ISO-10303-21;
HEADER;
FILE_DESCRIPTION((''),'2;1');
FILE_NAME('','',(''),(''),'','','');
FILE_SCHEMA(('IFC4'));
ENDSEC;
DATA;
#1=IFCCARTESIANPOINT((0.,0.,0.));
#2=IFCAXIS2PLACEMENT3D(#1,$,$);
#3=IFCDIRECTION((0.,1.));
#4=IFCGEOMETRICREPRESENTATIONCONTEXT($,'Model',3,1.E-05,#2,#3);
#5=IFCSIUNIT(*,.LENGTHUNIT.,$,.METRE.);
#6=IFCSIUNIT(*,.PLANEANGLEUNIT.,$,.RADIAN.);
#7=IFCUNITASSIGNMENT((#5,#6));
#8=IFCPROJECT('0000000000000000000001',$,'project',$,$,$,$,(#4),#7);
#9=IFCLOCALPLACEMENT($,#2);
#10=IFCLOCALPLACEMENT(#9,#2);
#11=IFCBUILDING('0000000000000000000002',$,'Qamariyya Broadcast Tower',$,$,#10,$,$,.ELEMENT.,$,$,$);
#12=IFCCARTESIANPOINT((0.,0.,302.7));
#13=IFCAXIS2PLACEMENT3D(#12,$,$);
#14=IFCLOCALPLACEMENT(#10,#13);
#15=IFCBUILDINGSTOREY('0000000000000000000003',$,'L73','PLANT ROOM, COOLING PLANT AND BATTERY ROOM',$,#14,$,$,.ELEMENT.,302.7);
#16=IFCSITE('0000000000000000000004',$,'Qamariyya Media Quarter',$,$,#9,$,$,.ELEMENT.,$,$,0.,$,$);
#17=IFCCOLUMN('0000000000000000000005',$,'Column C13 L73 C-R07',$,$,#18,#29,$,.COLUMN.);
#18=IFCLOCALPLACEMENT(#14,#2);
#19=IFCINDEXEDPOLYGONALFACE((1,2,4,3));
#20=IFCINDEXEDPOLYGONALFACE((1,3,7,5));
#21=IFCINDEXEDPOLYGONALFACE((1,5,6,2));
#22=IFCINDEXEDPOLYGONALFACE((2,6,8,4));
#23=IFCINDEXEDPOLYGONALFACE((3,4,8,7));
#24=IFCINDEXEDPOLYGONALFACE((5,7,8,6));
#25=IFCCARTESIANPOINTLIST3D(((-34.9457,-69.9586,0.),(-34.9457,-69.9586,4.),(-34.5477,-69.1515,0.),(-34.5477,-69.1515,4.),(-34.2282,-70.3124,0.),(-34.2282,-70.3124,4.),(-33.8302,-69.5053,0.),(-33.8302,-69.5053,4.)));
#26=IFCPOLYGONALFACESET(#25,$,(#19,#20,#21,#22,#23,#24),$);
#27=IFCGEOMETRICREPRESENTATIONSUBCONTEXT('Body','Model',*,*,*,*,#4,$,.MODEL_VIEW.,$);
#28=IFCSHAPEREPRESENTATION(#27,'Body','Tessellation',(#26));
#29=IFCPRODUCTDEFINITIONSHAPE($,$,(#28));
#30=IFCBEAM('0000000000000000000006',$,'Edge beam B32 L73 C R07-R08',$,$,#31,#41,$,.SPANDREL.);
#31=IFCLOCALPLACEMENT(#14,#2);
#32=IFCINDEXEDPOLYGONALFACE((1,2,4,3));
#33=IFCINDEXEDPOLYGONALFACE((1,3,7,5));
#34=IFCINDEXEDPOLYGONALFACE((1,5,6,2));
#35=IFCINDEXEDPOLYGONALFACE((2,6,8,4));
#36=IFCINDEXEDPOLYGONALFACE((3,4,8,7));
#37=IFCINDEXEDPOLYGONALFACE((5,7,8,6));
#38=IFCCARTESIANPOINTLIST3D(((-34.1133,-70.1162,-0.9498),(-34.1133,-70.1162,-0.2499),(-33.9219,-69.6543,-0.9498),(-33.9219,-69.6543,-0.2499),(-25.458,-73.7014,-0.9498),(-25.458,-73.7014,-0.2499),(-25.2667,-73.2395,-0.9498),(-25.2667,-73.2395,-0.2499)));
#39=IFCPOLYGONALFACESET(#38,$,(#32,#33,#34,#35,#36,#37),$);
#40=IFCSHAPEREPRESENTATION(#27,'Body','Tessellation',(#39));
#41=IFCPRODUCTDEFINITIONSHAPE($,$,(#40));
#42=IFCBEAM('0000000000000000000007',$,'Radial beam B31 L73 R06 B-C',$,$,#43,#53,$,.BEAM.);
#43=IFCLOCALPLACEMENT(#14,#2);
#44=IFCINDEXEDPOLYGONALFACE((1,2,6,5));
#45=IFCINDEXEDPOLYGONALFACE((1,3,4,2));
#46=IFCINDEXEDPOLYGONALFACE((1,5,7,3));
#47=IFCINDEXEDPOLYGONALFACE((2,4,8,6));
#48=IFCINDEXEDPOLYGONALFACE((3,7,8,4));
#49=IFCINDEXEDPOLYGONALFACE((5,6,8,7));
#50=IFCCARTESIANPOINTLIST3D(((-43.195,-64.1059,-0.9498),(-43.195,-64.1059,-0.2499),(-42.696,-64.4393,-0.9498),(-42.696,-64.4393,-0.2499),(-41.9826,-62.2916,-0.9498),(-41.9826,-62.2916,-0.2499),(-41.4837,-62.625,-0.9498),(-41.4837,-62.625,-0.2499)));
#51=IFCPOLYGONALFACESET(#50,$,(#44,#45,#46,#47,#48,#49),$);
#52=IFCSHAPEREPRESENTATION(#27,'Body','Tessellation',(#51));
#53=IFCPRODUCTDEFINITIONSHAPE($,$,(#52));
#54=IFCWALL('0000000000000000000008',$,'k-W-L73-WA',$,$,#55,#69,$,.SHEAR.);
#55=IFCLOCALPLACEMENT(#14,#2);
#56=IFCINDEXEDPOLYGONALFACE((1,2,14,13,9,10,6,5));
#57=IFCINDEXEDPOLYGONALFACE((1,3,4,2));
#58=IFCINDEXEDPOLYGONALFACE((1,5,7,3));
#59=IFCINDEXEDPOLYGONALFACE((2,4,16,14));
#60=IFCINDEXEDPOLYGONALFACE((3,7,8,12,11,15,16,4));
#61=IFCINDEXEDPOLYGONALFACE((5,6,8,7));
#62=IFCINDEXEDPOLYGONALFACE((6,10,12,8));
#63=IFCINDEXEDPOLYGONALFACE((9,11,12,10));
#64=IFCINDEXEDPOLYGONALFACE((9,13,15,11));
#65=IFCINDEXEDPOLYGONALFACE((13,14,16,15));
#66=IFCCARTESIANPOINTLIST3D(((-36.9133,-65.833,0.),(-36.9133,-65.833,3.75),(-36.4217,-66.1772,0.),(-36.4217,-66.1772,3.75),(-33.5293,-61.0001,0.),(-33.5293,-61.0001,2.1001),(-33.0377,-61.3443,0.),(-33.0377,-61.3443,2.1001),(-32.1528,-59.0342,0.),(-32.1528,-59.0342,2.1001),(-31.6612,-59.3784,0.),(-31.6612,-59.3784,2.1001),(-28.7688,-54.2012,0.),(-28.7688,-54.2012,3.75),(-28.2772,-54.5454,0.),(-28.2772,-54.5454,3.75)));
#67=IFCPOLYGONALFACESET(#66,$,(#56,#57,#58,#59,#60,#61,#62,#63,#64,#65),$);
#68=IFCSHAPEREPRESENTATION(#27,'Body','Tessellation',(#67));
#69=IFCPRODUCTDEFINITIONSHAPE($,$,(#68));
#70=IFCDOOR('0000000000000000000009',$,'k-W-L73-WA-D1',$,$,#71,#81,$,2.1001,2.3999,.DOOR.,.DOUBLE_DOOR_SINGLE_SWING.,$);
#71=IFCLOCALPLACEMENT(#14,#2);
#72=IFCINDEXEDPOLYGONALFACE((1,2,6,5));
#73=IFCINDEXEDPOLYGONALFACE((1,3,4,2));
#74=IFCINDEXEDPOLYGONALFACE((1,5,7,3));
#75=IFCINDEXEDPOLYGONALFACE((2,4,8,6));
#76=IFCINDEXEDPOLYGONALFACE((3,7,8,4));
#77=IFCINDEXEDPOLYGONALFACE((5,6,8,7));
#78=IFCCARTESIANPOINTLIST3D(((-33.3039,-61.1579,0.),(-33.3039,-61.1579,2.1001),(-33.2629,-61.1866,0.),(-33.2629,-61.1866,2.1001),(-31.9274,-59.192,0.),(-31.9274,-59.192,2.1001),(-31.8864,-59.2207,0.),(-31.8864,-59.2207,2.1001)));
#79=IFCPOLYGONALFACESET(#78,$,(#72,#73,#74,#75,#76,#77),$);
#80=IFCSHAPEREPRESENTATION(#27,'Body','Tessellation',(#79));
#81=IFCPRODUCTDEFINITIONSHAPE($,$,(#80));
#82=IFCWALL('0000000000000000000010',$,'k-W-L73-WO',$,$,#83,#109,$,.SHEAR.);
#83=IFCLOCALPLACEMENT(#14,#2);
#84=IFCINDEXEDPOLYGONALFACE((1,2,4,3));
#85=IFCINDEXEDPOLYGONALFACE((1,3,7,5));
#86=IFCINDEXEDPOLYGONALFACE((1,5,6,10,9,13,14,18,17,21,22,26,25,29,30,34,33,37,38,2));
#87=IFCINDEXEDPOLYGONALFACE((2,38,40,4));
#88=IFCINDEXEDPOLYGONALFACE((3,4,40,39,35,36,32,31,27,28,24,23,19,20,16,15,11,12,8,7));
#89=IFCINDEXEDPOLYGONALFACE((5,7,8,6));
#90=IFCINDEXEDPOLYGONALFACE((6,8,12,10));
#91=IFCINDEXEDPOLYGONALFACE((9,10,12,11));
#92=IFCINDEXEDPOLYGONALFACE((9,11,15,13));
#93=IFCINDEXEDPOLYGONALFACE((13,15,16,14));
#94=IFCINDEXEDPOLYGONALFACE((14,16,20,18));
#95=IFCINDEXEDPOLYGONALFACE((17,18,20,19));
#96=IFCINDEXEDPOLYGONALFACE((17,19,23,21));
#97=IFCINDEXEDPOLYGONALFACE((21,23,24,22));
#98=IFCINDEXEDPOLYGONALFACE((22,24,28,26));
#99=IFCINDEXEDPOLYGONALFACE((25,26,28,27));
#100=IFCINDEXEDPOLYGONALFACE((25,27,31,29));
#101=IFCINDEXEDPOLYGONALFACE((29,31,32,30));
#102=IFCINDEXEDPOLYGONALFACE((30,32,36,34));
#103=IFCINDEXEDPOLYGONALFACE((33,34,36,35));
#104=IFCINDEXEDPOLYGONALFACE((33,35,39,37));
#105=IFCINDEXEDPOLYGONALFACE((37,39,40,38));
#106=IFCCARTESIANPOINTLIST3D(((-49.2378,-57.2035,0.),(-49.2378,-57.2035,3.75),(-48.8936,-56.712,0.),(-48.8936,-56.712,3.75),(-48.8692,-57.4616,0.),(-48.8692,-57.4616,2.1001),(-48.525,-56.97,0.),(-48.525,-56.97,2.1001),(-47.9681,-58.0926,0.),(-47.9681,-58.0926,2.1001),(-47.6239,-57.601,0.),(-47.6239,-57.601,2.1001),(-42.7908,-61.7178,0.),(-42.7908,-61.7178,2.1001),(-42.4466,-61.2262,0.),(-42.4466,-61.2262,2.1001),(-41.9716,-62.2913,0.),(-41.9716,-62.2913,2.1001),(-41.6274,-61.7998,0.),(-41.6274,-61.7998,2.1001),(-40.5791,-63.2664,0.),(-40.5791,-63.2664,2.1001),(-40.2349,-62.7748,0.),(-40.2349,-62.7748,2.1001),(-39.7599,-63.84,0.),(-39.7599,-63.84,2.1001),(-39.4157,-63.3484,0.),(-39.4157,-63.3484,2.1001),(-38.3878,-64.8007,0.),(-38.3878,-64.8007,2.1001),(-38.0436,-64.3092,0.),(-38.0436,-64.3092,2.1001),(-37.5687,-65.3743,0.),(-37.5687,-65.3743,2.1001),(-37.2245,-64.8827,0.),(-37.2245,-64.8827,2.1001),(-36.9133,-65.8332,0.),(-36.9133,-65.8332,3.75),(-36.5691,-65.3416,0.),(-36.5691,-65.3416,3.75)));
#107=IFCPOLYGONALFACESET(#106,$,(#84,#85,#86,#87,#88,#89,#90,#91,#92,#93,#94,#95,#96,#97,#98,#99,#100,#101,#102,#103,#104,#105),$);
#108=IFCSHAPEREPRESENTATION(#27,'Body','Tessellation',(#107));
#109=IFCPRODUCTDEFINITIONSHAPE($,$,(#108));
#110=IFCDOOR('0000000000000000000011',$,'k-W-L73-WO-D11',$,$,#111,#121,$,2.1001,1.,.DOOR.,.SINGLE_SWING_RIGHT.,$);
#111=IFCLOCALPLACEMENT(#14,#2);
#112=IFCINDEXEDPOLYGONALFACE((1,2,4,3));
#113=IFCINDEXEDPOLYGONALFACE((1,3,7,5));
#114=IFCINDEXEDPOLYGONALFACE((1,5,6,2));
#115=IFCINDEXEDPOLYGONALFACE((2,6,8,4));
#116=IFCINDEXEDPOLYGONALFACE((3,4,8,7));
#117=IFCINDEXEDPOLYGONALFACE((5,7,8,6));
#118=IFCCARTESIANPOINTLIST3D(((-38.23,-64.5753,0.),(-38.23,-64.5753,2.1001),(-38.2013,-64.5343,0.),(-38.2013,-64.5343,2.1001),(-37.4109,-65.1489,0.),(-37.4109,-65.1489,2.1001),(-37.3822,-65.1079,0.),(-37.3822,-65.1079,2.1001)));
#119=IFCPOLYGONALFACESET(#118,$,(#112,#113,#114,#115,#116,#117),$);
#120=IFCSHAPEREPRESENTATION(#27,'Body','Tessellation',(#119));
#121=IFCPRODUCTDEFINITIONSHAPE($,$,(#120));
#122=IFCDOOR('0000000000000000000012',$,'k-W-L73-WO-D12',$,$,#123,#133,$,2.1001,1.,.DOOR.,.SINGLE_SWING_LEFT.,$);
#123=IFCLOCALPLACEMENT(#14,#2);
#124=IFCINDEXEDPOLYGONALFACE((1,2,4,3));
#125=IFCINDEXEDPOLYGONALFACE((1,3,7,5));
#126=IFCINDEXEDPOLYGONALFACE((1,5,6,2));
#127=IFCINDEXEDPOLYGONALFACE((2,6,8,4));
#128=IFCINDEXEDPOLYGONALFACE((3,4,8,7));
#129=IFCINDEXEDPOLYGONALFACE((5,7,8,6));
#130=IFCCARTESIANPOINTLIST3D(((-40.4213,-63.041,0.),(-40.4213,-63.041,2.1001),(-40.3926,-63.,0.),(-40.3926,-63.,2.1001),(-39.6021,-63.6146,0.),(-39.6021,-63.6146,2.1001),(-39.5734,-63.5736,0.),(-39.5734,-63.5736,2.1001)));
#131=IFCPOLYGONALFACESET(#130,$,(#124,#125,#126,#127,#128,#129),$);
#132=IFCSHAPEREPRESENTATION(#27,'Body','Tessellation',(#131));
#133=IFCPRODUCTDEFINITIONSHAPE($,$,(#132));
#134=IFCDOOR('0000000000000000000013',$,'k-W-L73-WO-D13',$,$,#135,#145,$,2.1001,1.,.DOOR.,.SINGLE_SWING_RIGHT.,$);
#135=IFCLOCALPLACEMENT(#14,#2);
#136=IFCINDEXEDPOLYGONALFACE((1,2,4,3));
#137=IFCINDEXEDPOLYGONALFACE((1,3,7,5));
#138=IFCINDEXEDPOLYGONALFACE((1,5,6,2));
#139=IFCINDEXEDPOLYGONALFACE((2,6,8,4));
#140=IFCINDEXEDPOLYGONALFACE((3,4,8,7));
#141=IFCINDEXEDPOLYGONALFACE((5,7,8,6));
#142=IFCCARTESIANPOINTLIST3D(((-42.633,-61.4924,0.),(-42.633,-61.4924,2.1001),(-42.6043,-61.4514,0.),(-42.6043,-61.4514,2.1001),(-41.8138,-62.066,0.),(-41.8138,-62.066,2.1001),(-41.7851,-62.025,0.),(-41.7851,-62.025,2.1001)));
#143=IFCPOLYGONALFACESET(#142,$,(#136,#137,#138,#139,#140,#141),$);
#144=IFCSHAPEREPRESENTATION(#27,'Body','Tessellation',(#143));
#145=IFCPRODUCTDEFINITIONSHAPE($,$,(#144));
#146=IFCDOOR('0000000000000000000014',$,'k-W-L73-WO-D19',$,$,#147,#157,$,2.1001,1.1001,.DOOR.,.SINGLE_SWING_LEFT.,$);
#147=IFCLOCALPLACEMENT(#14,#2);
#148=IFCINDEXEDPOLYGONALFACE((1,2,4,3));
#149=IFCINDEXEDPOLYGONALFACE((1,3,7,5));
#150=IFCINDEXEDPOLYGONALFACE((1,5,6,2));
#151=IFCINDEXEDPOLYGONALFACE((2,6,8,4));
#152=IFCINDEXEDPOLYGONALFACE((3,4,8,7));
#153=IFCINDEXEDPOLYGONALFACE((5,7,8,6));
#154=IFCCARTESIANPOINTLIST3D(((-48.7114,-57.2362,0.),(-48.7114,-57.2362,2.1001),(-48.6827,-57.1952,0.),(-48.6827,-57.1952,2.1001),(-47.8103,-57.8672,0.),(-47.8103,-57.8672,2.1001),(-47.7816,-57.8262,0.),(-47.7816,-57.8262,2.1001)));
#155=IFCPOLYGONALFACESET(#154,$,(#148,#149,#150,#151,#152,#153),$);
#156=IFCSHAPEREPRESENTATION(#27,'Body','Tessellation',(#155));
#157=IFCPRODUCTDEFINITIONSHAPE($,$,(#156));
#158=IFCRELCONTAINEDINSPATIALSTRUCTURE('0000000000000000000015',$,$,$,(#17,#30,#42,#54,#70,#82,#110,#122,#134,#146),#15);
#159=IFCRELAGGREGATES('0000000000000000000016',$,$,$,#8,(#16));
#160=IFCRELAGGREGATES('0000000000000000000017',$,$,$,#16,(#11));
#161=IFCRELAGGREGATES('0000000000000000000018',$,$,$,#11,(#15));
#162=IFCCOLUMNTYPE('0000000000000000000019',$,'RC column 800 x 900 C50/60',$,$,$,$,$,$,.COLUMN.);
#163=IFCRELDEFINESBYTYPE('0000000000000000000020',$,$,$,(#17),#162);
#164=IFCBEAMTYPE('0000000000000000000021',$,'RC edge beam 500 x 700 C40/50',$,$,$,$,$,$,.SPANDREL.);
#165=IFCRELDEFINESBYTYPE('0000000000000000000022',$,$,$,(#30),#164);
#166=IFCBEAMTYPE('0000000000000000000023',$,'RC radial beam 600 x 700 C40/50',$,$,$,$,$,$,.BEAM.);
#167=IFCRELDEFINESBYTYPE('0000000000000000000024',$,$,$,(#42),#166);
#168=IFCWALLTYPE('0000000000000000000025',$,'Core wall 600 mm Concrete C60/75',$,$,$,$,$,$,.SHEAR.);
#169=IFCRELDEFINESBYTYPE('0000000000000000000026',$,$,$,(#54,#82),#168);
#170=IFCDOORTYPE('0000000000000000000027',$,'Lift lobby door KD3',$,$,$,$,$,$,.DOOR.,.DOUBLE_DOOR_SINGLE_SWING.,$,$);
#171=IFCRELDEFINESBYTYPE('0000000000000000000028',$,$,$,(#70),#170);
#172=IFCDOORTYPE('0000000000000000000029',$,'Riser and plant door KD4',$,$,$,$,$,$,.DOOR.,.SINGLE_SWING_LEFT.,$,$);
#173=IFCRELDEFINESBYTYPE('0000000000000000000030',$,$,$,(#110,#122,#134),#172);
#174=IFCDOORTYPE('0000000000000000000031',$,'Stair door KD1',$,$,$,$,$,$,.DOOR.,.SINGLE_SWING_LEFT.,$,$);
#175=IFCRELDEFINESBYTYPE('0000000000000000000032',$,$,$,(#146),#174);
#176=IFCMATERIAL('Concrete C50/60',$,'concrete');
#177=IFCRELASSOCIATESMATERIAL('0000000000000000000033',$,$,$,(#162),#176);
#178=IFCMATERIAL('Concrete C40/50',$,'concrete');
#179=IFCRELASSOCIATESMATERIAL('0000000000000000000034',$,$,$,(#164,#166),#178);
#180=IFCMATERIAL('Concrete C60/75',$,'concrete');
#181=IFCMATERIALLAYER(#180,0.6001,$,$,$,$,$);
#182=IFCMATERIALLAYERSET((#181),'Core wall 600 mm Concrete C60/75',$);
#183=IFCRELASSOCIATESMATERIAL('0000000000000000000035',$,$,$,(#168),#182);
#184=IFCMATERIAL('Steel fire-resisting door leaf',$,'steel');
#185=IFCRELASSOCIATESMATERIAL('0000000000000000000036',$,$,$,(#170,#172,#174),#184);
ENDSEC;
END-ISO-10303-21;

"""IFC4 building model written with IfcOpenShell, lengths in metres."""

from ifc_helpers import new_model, si_unit, direction, frame, frame_2d, origin, origin_2d, place, context, subcontext, project, spatial, rectangle, extrude, material, layer, layer_set, material_profile, profile_set, type_object, element, fill, save


model = new_model("IFC4")

# Units and contexts
model_context = context("Model", 3, precision=1e-05, world=origin(), true_north=direction((0.0, 1.0)))
body_context = subcontext(model_context, "Body", "Model", "MODEL_VIEW")
ifc_project = project(units=[si_unit("LENGTHUNIT", "METRE"), si_unit("PLANEANGLEUNIT", "RADIAN")], contexts=[model_context])

# Site, building, storey
site_placement = place(None, origin())
site = spatial("IfcSite", under=ifc_project, at=site_placement, Name="Qamariyya Media Quarter", CompositionType="ELEMENT", RefElevation=0.0)
building_placement = place(site_placement, origin())
building = spatial("IfcBuilding", under=site, at=building_placement, Name="Qamariyya Broadcast Tower", CompositionType="ELEMENT")
storey_placement = place(building_placement, frame((0.0, 0.0, 302.7)))
storey = spatial("IfcBuildingStorey", under=building, at=storey_placement, Name="L73", Description="PLANT ROOM, COOLING PLANT AND BATTERY ROOM", CompositionType="ELEMENT", Elevation=302.7)

# Column
ifc_material_1 = material(Name="Concrete C50/60", Category="concrete")
ifc_material_profile_1 = material_profile(ifc_material_1, rectangle(XDim=0.8, YDim=0.8999, at=origin_2d()))
ifc_profile_set_1 = profile_set([ifc_material_profile_1], Name="Concrete C50/60")
column_type = type_object("IfcColumnType", Name="RC column 800 x 900 C50/60", PredefinedType="COLUMN", material=ifc_profile_set_1)
column_placement = place(storey_placement, frame((-34.3879, -69.7319, 0.0), z_axis=(0.0, 0.0, 1.0), x_axis=(0.896873, -0.442289, 0.0)))
element("IfcColumn", 1, at=column_placement, inside=storey, type_object=column_type, Name="Column C13 L73 C-R07", PredefinedType="COLUMN", context=body_context, shape_type="SweptSolid", body=[
    extrude(rectangle(XDim=0.8, YDim=0.8999, at=origin_2d()), origin(), (0.0, 0.0, 1.0), 4.0),
])

# Beams
ifc_material_2 = material(Name="Concrete C40/50", Category="concrete")
ifc_material_profile_2 = material_profile(ifc_material_2, rectangle(XDim=0.5, YDim=0.7, at=origin_2d()))
ifc_profile_set_2 = profile_set([ifc_material_profile_2], Name="Concrete C40/50")
beam_type_1 = type_object("IfcBeamType", Name="RC edge beam 500 x 700 C40/50", PredefinedType="SPANDREL", material=ifc_profile_set_2)
beam_1_placement = place(storey_placement, frame((-34.0176, -69.8853, -0.5999), z_axis=(0.923877, -0.38269, 0.0), x_axis=(0.38269, 0.923877, 0.0)))
element("IfcBeam", 2, at=beam_1_placement, inside=storey, type_object=beam_type_1, Name="Edge beam B32 L73 C R07-R08", PredefinedType="SPANDREL", context=body_context, shape_type="SweptSolid", body=[
    extrude(rectangle(XDim=0.5, YDim=0.7, at=origin_2d()), origin(), (0.0, 0.0, 1.0), 9.3684),
])
ifc_material_profile_3 = material_profile(ifc_material_2, rectangle(XDim=0.6001, YDim=0.7, at=origin_2d()))
ifc_profile_set_3 = profile_set([ifc_material_profile_3], Name="Concrete C40/50")
beam_type_2 = type_object("IfcBeamType", Name="RC radial beam 600 x 700 C40/50", PredefinedType="BEAM", material=ifc_profile_set_3)
beam_2_placement = place(storey_placement, frame((-41.7332, -62.4583, -0.5999), z_axis=(-0.555578, -0.831465, 0.0), x_axis=(0.831465, -0.555578, 0.0)))
element("IfcBeam", 3, at=beam_2_placement, inside=storey, type_object=beam_type_2, Name="Radial beam B31 L73 R06 B-C", PredefinedType="BEAM", context=body_context, shape_type="SweptSolid", body=[
    extrude(rectangle(XDim=0.6001, YDim=0.7, at=origin_2d()), origin(), (0.0, 0.0, 1.0), 2.1821),
])

# Wall, opening, door
ifc_material_3 = material(Name="Concrete C60/75", Category="concrete")
ifc_layer_1 = layer(ifc_material_3, 0.6001)
ifc_layer_set_1 = layer_set([ifc_layer_1], Name="Core wall 600 mm Concrete C60/75")
wall_type_1 = type_object("IfcWallType", Name="Core wall 600 mm Concrete C60/75", PredefinedType="SHEAR", material=ifc_layer_set_1)
wall_1_placement = place(storey_placement, frame((-36.6675, -66.0051, 0.0), z_axis=(0.0, 0.0, 1.0), x_axis=(0.573568, 0.819158, 0.0)))
wall_1 = element("IfcWall", 4, at=wall_1_placement, inside=storey, type_object=wall_type_1, Name="k-W-L73-WA", PredefinedType="SHEAR", context=body_context, shape_type="SweptSolid", body=[
    extrude(rectangle(XDim=14.1997, YDim=0.6001, at=frame_2d((7.0999, 0.0))), origin(), (0.0, 0.0, 1.0), 3.75),
])
opening_1_placement = place(wall_1_placement, frame((5.8999, 0.0, 0.0)))
opening_1 = element("IfcOpeningElement", 5, at=opening_1_placement, cuts=wall_1, PredefinedType="OPENING", context=body_context, shape_type="SweptSolid", body=[
    extrude(rectangle(XDim=2.3999, YDim=2.1001, at=frame_2d((1.2, 1.05))), frame((0.0, 0.3101, 0.0), z_axis=(0.0, -1.0, 0.0), x_axis=(1.0, 0.0, 0.0)), (0.0, 0.0, 1.0), 0.6201),
])
ifc_material_4 = material(Name="Steel fire-resisting door leaf", Category="steel")
door_type_1 = type_object("IfcDoorType", Name="Lift lobby door KD3", OperationType="DOUBLE_DOOR_SINGLE_SWING", PredefinedType="DOOR", material=ifc_material_4)
door_1_placement = place(opening_1_placement, origin())
door_1 = element("IfcDoor", 6, at=door_1_placement, inside=storey, type_object=door_type_1, Name="k-W-L73-WA-D1", OperationType="DOUBLE_DOOR_SINGLE_SWING", OverallHeight=2.1001, OverallWidth=2.3999, PredefinedType="DOOR", context=body_context, shape_type="SweptSolid", body=[
    extrude(rectangle(XDim=2.3999, YDim=2.1001, at=frame_2d((1.2, 1.05))), frame((0.0, 0.0249, 0.0), z_axis=(0.0, -1.0, 0.0), x_axis=(1.0, 0.0, 0.0)), (0.0, 0.0, 1.0), 0.05),
])
fill(opening_1, door_1)

# Wall, openings, doors
wall_2_placement = place(storey_placement, frame((-36.7412, -65.5874, 0.0), z_axis=(0.0, 0.0, 1.0), x_axis=(-0.819153, 0.573575, 0.0)))
wall_2 = element("IfcWall", 7, at=wall_2_placement, inside=storey, type_object=wall_type_1, Name="k-W-L73-WO", PredefinedType="SHEAR", context=body_context, shape_type="SweptSolid", body=[
    extrude(rectangle(XDim=15.0454, YDim=0.6001, at=frame_2d((7.5227, 0.0))), origin(), (0.0, 0.0, 1.0), 3.75),
])
opening_2_placement = place(wall_2_placement, frame((0.8, 0.0, 0.0)))
opening_2 = element("IfcOpeningElement", 8, at=opening_2_placement, cuts=wall_2, PredefinedType="OPENING", context=body_context, shape_type="SweptSolid", body=[
    extrude(rectangle(XDim=1.0, YDim=2.1001, at=frame_2d((0.5, 1.05))), frame((0.0, 0.3101, 0.0), z_axis=(0.0, -1.0, 0.0), x_axis=(1.0, 0.0, 0.0)), (0.0, 0.0, 1.0), 0.6201),
])
opening_3_placement = place(wall_2_placement, frame((3.4751, 0.0, 0.0)))
opening_3 = element("IfcOpeningElement", 9, at=opening_3_placement, cuts=wall_2, PredefinedType="OPENING", context=body_context, shape_type="SweptSolid", body=[
    extrude(rectangle(XDim=1.0, YDim=2.1001, at=frame_2d((0.5, 1.05))), frame((0.0, 0.3101, 0.0), z_axis=(0.0, -1.0, 0.0), x_axis=(1.0, 0.0, 0.0)), (0.0, 0.0, 1.0), 0.6201),
])
opening_4_placement = place(wall_2_placement, frame((6.175, 0.0, 0.0)))
opening_4 = element("IfcOpeningElement", 10, at=opening_4_placement, cuts=wall_2, PredefinedType="OPENING", context=body_context, shape_type="SweptSolid", body=[
    extrude(rectangle(XDim=1.0, YDim=2.1001, at=frame_2d((0.5, 1.05))), frame((0.0, 0.3101, 0.0), z_axis=(0.0, -1.0, 0.0), x_axis=(1.0, 0.0, 0.0)), (0.0, 0.0, 1.0), 0.6201),
])
opening_5_placement = place(wall_2_placement, frame((13.4954, 0.0, 0.0)))
opening_5 = element("IfcOpeningElement", 11, at=opening_5_placement, cuts=wall_2, PredefinedType="OPENING", context=body_context, shape_type="SweptSolid", body=[
    extrude(rectangle(XDim=1.1001, YDim=2.1001, at=frame_2d((0.55, 1.05))), frame((0.0, 0.3101, 0.0), z_axis=(0.0, -1.0, 0.0), x_axis=(1.0, 0.0, 0.0)), (0.0, 0.0, 1.0), 0.6201),
])
door_type_2 = type_object("IfcDoorType", Name="Riser and plant door KD4", OperationType="SINGLE_SWING_LEFT", PredefinedType="DOOR", material=ifc_material_4)
door_2_placement = place(opening_2_placement, origin())
door_2 = element("IfcDoor", 12, at=door_2_placement, inside=storey, type_object=door_type_2, Name="k-W-L73-WO-D11", OperationType="SINGLE_SWING_RIGHT", OverallHeight=2.1001, OverallWidth=1.0, PredefinedType="DOOR", context=body_context, shape_type="SweptSolid", body=[
    extrude(rectangle(XDim=1.0, YDim=2.1001, at=frame_2d((0.5, 1.05))), frame((0.0, 0.0249, 0.0), z_axis=(0.0, -1.0, 0.0), x_axis=(1.0, 0.0, 0.0)), (0.0, 0.0, 1.0), 0.05),
])
fill(opening_2, door_2)
door_3_placement = place(opening_3_placement, origin())
door_3 = element("IfcDoor", 13, at=door_3_placement, inside=storey, type_object=door_type_2, Name="k-W-L73-WO-D12", OperationType="SINGLE_SWING_LEFT", OverallHeight=2.1001, OverallWidth=1.0, PredefinedType="DOOR", context=body_context, shape_type="SweptSolid", body=[
    extrude(rectangle(XDim=1.0, YDim=2.1001, at=frame_2d((0.5, 1.05))), frame((0.0, 0.0249, 0.0), z_axis=(0.0, -1.0, 0.0), x_axis=(1.0, 0.0, 0.0)), (0.0, 0.0, 1.0), 0.05),
])
fill(opening_3, door_3)
door_4_placement = place(opening_4_placement, origin())
door_4 = element("IfcDoor", 14, at=door_4_placement, inside=storey, type_object=door_type_2, Name="k-W-L73-WO-D13", OperationType="SINGLE_SWING_RIGHT", OverallHeight=2.1001, OverallWidth=1.0, PredefinedType="DOOR", context=body_context, shape_type="SweptSolid", body=[
    extrude(rectangle(XDim=1.0, YDim=2.1001, at=frame_2d((0.5, 1.05))), frame((0.0, 0.0249, 0.0), z_axis=(0.0, -1.0, 0.0), x_axis=(1.0, 0.0, 0.0)), (0.0, 0.0, 1.0), 0.05),
])
fill(opening_4, door_4)
door_type_3 = type_object("IfcDoorType", Name="Stair door KD1", OperationType="SINGLE_SWING_LEFT", PredefinedType="DOOR", material=ifc_material_4)
door_5_placement = place(opening_5_placement, origin())
door_5 = element("IfcDoor", 15, at=door_5_placement, inside=storey, type_object=door_type_3, Name="k-W-L73-WO-D19", OperationType="SINGLE_SWING_LEFT", OverallHeight=2.1001, OverallWidth=1.1001, PredefinedType="DOOR", context=body_context, shape_type="SweptSolid", body=[
    extrude(rectangle(XDim=1.1001, YDim=2.1001, at=frame_2d((0.55, 1.05))), frame((0.0, 0.0249, 0.0), z_axis=(0.0, -1.0, 0.0), x_axis=(1.0, 0.0, 0.0)), (0.0, 0.0, 1.0), 0.05),
])
fill(opening_5, door_5)

save(model, "model.ifc")
